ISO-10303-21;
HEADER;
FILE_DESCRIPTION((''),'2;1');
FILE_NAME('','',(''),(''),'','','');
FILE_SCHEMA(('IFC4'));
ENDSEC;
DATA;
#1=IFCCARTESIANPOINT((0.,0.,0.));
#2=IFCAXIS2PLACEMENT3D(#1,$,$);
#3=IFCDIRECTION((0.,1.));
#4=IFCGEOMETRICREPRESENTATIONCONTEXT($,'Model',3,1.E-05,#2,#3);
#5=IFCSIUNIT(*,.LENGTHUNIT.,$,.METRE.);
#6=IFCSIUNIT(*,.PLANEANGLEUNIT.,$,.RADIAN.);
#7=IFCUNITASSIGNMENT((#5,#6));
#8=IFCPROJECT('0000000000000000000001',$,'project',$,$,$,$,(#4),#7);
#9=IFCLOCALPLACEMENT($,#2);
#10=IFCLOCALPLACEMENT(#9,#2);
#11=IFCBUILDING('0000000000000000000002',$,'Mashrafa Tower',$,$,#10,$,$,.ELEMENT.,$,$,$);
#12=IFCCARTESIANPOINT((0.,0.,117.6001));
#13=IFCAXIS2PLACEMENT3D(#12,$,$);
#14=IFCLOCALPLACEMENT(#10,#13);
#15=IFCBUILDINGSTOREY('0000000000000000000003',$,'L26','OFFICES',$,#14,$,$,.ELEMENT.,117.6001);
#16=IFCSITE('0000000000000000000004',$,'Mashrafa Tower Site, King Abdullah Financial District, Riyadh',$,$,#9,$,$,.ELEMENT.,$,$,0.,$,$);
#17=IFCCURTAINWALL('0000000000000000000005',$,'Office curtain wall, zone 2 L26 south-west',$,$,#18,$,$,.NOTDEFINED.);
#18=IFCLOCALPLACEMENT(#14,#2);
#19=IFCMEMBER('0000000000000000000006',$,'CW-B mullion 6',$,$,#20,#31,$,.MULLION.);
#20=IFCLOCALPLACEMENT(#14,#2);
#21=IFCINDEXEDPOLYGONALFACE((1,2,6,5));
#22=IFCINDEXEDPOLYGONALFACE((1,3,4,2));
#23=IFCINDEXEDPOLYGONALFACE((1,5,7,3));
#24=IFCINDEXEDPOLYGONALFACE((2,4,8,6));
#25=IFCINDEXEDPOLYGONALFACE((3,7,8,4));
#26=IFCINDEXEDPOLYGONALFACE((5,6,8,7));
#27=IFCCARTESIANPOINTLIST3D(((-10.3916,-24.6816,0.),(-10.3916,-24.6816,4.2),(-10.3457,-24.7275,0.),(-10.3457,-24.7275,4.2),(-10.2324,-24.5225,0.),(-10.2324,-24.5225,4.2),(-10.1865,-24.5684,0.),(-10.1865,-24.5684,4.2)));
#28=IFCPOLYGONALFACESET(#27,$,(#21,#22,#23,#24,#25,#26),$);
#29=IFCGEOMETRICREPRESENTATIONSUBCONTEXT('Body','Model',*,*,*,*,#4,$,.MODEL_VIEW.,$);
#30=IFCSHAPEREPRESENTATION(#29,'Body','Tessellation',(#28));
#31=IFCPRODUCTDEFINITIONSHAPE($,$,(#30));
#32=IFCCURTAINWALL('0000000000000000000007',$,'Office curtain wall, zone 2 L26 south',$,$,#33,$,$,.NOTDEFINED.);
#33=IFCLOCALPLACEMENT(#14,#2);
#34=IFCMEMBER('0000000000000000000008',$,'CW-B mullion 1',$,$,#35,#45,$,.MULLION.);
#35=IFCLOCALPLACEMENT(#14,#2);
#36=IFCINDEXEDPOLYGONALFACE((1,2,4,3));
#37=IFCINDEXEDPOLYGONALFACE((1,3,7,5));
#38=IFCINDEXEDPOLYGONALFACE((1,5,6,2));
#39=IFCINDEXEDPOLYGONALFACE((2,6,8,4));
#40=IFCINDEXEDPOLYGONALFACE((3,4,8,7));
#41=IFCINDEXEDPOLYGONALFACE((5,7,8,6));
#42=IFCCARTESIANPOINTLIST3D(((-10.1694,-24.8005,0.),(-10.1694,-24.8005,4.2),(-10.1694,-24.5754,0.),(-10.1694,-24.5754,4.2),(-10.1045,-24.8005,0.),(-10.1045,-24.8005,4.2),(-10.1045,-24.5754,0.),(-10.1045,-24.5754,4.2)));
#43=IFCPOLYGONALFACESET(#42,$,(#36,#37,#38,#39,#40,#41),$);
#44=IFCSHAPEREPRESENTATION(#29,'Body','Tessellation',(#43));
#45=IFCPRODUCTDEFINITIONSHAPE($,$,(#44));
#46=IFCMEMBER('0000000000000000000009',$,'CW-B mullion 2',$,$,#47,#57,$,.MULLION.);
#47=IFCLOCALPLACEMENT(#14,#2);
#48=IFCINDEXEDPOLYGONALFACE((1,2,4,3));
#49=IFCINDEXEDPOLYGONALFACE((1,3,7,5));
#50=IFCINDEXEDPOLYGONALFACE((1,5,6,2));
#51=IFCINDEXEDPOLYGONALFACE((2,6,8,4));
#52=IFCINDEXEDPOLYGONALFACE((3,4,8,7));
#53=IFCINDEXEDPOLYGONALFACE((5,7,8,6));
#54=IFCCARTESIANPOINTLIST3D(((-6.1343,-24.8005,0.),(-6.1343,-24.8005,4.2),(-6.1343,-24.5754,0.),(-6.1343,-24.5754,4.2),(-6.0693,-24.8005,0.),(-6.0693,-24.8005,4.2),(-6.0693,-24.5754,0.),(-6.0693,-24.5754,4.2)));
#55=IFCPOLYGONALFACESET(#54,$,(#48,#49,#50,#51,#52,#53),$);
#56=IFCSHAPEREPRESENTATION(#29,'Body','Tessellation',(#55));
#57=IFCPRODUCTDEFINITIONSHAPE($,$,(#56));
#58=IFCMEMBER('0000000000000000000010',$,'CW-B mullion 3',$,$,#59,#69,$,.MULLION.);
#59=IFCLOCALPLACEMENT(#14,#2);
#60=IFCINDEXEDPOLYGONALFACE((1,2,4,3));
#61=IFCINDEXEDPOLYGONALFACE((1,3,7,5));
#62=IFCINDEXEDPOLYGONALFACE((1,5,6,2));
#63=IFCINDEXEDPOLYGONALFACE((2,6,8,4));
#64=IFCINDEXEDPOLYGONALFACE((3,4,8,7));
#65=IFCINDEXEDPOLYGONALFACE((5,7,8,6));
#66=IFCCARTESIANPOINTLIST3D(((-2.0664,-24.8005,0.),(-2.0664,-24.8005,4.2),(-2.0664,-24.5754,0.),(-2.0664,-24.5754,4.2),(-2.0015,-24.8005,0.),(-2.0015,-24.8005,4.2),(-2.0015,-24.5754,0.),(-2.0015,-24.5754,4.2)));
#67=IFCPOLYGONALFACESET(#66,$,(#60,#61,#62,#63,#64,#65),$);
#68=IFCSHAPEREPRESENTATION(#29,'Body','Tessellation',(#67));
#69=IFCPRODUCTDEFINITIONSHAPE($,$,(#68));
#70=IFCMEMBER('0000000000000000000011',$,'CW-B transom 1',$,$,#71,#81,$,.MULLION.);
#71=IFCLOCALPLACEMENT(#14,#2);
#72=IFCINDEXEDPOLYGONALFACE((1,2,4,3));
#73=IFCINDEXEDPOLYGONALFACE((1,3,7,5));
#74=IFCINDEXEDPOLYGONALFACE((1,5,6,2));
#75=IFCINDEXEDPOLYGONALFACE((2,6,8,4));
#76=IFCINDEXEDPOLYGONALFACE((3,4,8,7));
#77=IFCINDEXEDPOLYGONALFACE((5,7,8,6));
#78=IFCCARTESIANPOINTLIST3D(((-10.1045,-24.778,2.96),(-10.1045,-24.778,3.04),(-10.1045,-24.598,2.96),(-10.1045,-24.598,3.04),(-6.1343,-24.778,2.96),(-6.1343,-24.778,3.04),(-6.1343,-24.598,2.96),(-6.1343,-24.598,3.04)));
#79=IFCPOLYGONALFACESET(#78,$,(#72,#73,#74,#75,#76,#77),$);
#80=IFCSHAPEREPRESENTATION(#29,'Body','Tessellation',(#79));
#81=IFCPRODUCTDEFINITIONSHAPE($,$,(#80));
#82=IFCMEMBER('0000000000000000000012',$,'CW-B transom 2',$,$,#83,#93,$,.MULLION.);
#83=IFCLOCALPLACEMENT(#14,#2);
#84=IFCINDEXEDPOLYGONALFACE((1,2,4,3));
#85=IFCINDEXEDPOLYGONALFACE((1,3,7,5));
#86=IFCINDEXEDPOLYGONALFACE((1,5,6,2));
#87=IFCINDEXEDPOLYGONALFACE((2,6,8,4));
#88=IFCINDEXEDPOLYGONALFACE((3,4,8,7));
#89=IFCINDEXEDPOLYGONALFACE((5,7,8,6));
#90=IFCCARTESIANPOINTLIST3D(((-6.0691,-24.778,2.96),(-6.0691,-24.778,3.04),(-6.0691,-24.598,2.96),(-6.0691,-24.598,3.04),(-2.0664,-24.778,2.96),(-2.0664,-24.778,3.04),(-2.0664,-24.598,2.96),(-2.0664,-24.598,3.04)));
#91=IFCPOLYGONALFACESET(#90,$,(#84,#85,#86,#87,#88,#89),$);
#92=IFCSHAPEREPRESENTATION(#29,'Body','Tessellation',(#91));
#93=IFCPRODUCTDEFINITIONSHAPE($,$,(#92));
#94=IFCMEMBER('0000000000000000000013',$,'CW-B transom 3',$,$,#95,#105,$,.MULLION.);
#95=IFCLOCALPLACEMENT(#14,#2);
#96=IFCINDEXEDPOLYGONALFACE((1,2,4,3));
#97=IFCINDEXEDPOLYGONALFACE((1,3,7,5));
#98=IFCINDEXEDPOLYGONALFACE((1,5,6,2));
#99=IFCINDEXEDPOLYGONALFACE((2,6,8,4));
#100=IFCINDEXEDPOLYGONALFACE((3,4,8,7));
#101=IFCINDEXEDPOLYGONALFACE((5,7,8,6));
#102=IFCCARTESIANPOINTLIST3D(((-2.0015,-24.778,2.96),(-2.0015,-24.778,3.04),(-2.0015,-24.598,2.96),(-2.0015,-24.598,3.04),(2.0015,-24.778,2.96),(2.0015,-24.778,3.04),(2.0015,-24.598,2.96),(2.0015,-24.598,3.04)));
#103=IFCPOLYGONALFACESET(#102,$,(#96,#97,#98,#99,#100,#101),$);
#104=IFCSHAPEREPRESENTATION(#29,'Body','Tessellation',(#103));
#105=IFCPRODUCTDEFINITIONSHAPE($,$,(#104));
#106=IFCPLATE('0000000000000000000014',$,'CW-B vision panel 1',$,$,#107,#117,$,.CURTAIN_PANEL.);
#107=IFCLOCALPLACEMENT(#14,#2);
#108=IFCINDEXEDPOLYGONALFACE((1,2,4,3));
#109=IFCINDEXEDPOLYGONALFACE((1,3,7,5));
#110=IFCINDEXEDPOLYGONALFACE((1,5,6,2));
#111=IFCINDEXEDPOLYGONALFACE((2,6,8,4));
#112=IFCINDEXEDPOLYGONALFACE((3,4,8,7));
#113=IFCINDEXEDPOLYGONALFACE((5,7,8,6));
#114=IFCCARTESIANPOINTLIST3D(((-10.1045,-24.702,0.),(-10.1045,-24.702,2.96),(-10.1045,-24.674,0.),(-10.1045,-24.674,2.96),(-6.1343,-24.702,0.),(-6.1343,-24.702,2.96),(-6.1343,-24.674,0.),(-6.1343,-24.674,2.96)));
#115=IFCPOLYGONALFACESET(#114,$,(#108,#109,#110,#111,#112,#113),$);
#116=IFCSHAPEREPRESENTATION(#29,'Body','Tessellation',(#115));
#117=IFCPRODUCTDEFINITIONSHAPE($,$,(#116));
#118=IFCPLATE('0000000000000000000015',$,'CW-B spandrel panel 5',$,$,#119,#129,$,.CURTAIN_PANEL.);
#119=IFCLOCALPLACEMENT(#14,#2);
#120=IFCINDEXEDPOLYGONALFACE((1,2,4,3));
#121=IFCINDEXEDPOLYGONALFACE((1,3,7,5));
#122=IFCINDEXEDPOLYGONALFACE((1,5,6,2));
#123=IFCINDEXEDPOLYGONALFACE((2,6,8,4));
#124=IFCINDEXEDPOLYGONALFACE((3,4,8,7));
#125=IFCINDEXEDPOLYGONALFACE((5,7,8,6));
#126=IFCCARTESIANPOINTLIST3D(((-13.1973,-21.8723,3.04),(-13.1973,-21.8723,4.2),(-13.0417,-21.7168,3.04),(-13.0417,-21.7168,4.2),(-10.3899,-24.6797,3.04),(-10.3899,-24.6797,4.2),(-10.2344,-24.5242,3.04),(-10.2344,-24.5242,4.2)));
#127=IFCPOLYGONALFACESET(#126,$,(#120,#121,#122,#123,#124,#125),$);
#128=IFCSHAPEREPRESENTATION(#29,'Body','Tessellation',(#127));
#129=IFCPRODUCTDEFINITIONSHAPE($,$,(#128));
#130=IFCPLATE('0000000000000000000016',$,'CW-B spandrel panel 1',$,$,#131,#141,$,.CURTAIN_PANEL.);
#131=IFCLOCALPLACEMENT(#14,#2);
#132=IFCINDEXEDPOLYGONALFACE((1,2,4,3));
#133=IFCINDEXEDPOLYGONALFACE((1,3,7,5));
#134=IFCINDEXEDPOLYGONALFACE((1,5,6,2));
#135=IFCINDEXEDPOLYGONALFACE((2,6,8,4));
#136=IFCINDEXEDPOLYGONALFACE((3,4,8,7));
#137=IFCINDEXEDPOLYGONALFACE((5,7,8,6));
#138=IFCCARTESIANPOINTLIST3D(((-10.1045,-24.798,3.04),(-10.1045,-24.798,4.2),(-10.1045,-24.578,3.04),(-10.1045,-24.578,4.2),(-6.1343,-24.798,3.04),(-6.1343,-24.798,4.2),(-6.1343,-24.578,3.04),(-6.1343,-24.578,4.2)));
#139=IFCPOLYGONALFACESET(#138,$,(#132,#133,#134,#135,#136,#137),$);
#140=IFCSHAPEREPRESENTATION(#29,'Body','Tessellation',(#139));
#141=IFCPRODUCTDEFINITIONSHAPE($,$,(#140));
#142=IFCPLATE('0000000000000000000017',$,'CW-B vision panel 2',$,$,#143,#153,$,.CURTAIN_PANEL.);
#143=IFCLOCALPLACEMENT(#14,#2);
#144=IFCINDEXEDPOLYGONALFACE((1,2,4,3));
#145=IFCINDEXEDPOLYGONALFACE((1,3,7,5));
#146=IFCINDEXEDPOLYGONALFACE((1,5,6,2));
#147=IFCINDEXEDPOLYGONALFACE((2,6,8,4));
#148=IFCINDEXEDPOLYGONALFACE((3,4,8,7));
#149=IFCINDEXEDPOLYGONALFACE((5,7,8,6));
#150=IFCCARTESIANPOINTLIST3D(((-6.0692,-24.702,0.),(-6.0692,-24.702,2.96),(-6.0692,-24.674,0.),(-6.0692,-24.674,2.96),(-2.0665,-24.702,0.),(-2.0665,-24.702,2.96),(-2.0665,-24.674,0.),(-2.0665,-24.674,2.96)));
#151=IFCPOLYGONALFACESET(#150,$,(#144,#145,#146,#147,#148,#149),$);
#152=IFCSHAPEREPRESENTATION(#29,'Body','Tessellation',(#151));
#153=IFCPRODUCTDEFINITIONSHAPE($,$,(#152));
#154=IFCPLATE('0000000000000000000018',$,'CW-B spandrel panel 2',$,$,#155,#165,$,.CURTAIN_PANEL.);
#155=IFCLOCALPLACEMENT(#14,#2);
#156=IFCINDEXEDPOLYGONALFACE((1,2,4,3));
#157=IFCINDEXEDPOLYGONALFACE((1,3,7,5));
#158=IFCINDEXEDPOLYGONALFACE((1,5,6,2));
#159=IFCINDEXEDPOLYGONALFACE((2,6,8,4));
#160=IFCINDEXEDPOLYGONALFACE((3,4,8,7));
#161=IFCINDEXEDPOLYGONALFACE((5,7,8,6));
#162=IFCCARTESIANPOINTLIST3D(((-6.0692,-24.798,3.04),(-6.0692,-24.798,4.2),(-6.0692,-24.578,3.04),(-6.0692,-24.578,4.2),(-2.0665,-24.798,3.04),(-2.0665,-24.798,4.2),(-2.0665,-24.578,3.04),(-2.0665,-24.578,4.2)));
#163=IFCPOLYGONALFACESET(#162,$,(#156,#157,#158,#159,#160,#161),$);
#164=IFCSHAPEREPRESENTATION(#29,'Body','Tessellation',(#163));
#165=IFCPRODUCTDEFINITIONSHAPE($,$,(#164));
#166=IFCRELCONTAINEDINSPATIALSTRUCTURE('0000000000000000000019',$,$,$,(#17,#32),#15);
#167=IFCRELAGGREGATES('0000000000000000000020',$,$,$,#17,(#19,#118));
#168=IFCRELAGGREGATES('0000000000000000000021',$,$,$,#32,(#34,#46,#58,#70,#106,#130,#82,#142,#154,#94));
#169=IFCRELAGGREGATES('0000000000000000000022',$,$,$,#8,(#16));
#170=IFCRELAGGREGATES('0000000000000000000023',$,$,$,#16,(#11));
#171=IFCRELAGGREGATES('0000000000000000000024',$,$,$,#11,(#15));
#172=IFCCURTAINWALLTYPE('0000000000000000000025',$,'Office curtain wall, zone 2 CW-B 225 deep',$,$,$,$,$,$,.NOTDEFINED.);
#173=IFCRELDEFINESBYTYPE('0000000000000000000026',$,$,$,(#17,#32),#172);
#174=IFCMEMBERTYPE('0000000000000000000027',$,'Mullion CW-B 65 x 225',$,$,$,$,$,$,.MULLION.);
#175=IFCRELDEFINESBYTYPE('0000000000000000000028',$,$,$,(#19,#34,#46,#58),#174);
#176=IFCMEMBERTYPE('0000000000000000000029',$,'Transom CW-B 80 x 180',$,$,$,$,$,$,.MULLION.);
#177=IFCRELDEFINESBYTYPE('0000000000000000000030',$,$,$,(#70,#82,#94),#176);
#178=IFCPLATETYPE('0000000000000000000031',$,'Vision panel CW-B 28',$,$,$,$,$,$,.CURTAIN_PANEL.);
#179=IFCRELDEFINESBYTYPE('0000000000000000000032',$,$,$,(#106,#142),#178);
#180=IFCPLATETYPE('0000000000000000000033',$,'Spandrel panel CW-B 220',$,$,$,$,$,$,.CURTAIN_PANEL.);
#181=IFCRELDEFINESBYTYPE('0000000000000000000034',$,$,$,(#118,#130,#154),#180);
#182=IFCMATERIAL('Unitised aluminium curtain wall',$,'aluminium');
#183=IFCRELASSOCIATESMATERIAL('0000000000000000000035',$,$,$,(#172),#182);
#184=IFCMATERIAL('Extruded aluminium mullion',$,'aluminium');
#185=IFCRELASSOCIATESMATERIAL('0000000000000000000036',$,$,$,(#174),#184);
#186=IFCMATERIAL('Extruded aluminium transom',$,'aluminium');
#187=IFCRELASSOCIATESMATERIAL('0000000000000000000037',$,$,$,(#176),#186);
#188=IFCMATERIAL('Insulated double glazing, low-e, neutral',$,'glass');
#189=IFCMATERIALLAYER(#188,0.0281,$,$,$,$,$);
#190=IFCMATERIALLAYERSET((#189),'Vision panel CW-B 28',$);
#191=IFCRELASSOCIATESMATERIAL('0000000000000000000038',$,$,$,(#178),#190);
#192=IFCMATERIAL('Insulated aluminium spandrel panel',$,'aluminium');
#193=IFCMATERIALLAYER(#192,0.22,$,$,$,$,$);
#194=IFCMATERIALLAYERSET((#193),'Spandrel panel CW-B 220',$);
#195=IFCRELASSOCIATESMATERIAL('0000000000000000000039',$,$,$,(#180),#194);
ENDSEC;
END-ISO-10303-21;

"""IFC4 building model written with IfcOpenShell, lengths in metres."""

from ifc_helpers import new_model, si_unit, direction, frame, origin, origin_2d, place, context, subcontext, project, spatial, rectangle, extrude, source, transform, mapped, material, layer, layer_set, material_profile, profile_set, type_object, type_shapes, element, aggregate, save


model = new_model("IFC4")

# Units and contexts
model_context = context("Model", 3, precision=1e-05, world=origin(), true_north=direction((0.0, 1.0)))
body_context = subcontext(model_context, "Body", "Model", "MODEL_VIEW")
ifc_project = project(units=[si_unit("LENGTHUNIT", "METRE"), si_unit("PLANEANGLEUNIT", "RADIAN")], contexts=[model_context])

# Site, building, storey
site_placement = place(None, origin())
site = spatial("IfcSite", under=ifc_project, at=site_placement, Name="Mashrafa Tower Site, King Abdullah Financial District, Riyadh", CompositionType="ELEMENT", RefElevation=0.0)
building_placement = place(site_placement, origin())
building = spatial("IfcBuilding", under=site, at=building_placement, Name="Mashrafa Tower", CompositionType="ELEMENT")
storey_placement = place(building_placement, frame((0.0, 0.0, 117.6001)))
storey = spatial("IfcBuildingStorey", under=building, at=storey_placement, Name="L26", Description="OFFICES", CompositionType="ELEMENT", Elevation=117.6001)

# Curtain wall, member
ifc_material_1 = material(Name="Unitised aluminium curtain wall", Category="aluminium")
curtain_wall_type = type_object("IfcCurtainWallType", Name="Office curtain wall, zone 2 CW-B 225 deep", PredefinedType="NOTDEFINED", material=ifc_material_1)
curtain_wall_1_placement = place(storey_placement, origin())
curtain_wall_1 = element("IfcCurtainWall", 1, at=curtain_wall_1_placement, inside=storey, type_object=curtain_wall_type, Name="Office curtain wall, zone 2 L26 south-west", PredefinedType="NOTDEFINED")
ifc_material_2 = material(Name="Extruded aluminium mullion", Category="aluminium")
ifc_material_profile_1 = material_profile(ifc_material_2, rectangle(XDim=0.2251, YDim=0.0649, at=origin_2d()), Name="Mullion 65x225")
ifc_profile_set_1 = profile_set([ifc_material_profile_1], Name="Extruded aluminium mullion")
member_type_1 = type_object("IfcMemberType", Name="Mullion CW-B 65 x 225", PredefinedType="MULLION", material=ifc_profile_set_1)
shared_shape_1 = source(origin(), body_context, "Body", "SweptSolid", [
    extrude(rectangle(XDim=0.2251, YDim=0.0649, at=origin_2d()), origin(), (0.0, 0.0, 1.0), 4.2),
])
type_shapes(member_type_1, [shared_shape_1])
member_1_placement = place(storey_placement, frame((-10.2891, -24.625, 0.0), z_axis=(0.0, 0.0, 1.0), x_axis=(0.707107, 0.707107, 0.0)))
member_1 = element("IfcMember", 2, at=member_1_placement, type_object=member_type_1, Name="CW-B mullion 6", PredefinedType="MULLION", context=body_context, shape_type="MappedRepresentation", body=[
    mapped(shared_shape_1, transform((0.0, 0.0, 0.0))),
])

# Curtain wall, members, plate
curtain_wall_2_placement = place(storey_placement, origin())
curtain_wall_2 = element("IfcCurtainWall", 3, at=curtain_wall_2_placement, inside=storey, type_object=curtain_wall_type, Name="Office curtain wall, zone 2 L26 south", PredefinedType="NOTDEFINED")
member_2_placement = place(storey_placement, frame((-10.137, -24.688, 0.0), z_axis=(0.0, 0.0, 1.0), x_axis=(0.0, 1.0, 0.0)))
member_2 = element("IfcMember", 4, at=member_2_placement, type_object=member_type_1, Name="CW-B mullion 1", PredefinedType="MULLION", context=body_context, shape_type="MappedRepresentation", body=[
    mapped(shared_shape_1, transform((0.0, 0.0, 0.0))),
])
member_3_placement = place(storey_placement, frame((-6.1018, -24.688, 0.0), z_axis=(0.0, 0.0, 1.0), x_axis=(0.0, 1.0, 0.0)))
member_3 = element("IfcMember", 5, at=member_3_placement, type_object=member_type_1, Name="CW-B mullion 2", PredefinedType="MULLION", context=body_context, shape_type="MappedRepresentation", body=[
    mapped(shared_shape_1, transform((0.0, 0.0, 0.0))),
])
member_4_placement = place(storey_placement, frame((-2.0339, -24.688, 0.0), z_axis=(0.0, 0.0, 1.0), x_axis=(0.0, 1.0, 0.0)))
member_4 = element("IfcMember", 6, at=member_4_placement, type_object=member_type_1, Name="CW-B mullion 3", PredefinedType="MULLION", context=body_context, shape_type="MappedRepresentation", body=[
    mapped(shared_shape_1, transform((0.0, 0.0, 0.0))),
])
ifc_material_3 = material(Name="Extruded aluminium transom", Category="aluminium")
ifc_material_profile_2 = material_profile(ifc_material_3, rectangle(XDim=0.1799, YDim=0.0801, at=origin_2d()), Name="Transom 80x180")
ifc_profile_set_2 = profile_set([ifc_material_profile_2], Name="Extruded aluminium transom")
member_type_2 = type_object("IfcMemberType", Name="Transom CW-B 80 x 180", PredefinedType="MULLION", material=ifc_profile_set_2)
shared_shape_2 = source(origin(), body_context, "Body", "SweptSolid", [
    extrude(rectangle(XDim=0.1799, YDim=0.0801, at=origin_2d()), origin(), (0.0, 0.0, 1.0), 3.9702),
])
member_5_placement = place(storey_placement, frame((-10.1045, -24.688, 3.0), z_axis=(1.0, 0.0, 0.0), x_axis=(0.0, 1.0, 0.0)))
member_5 = element("IfcMember", 7, at=member_5_placement, type_object=member_type_2, Name="CW-B transom 1", PredefinedType="MULLION", context=body_context, shape_type="MappedRepresentation", body=[
    mapped(shared_shape_2, transform((0.0, 0.0, 0.0))),
])
shared_shape_3 = source(origin(), body_context, "Body", "SweptSolid", [
    extrude(rectangle(XDim=0.1799, YDim=0.0801, at=origin_2d()), origin(), (0.0, 0.0, 1.0), 4.0027),
])
member_6_placement = place(storey_placement, frame((-6.0691, -24.688, 3.0), z_axis=(1.0, 0.0, 0.0), x_axis=(0.0, 1.0, 0.0)))
member_6 = element("IfcMember", 8, at=member_6_placement, type_object=member_type_2, Name="CW-B transom 2", PredefinedType="MULLION", context=body_context, shape_type="MappedRepresentation", body=[
    mapped(shared_shape_3, transform((0.0, 0.0, 0.0))),
])
shared_shape_4 = source(origin(), body_context, "Body", "SweptSolid", [
    extrude(rectangle(XDim=0.1799, YDim=0.0801, at=origin_2d()), origin(), (0.0, 0.0, 1.0), 4.0029),
])
type_shapes(member_type_2, [shared_shape_2, shared_shape_3, shared_shape_4])
member_7_placement = place(storey_placement, frame((-2.0015, -24.688, 3.0), z_axis=(1.0, 0.0, 0.0), x_axis=(0.0, 1.0, 0.0)))
member_7 = element("IfcMember", 9, at=member_7_placement, type_object=member_type_2, Name="CW-B transom 3", PredefinedType="MULLION", context=body_context, shape_type="MappedRepresentation", body=[
    mapped(shared_shape_4, transform((0.0, 0.0, 0.0))),
])
ifc_material_4 = material(Name="Insulated double glazing, low-e, neutral", Category="glass")
ifc_layer_1 = layer(ifc_material_4, 0.0281)
ifc_layer_set_1 = layer_set([ifc_layer_1], Name="Vision panel CW-B 28")
plate_type_1 = type_object("IfcPlateType", Name="Vision panel CW-B 28", PredefinedType="CURTAIN_PANEL", material=ifc_layer_set_1)
shared_shape_5 = source(origin(), body_context, "Body", "SweptSolid", [
    extrude(rectangle(XDim=3.9702, YDim=0.0281, at=origin_2d()), origin(), (0.0, 0.0, 1.0), 2.96),
])
plate_1_placement = place(storey_placement, frame((-8.1194, -24.688, 0.0), z_axis=(0.0, 0.0, 1.0), x_axis=(1.0, 0.0, 0.0)))
plate_1 = element("IfcPlate", 10, at=plate_1_placement, type_object=plate_type_1, Name="CW-B vision panel 1", PredefinedType="CURTAIN_PANEL", context=body_context, shape_type="MappedRepresentation", body=[
    mapped(shared_shape_5, transform((0.0, 0.0, 0.0))),
])

# Plates
ifc_material_5 = material(Name="Insulated aluminium spandrel panel", Category="aluminium")
ifc_layer_2 = layer(ifc_material_5, 0.22)
ifc_layer_set_2 = layer_set([ifc_layer_2], Name="Spandrel panel CW-B 220")
plate_type_2 = type_object("IfcPlateType", Name="Spandrel panel CW-B 220", PredefinedType="CURTAIN_PANEL", material=ifc_layer_set_2)
shared_shape_6 = source(origin(), body_context, "Body", "SweptSolid", [
    extrude(rectangle(XDim=3.9702, YDim=0.22, at=origin_2d()), origin(), (0.0, 0.0, 1.0), 1.1599),
])
plate_2_placement = place(storey_placement, frame((-11.7158, -23.1982, 3.04), z_axis=(0.0, 0.0, 1.0), x_axis=(0.707107, -0.707107, 0.0)))
plate_2 = element("IfcPlate", 11, at=plate_2_placement, type_object=plate_type_2, Name="CW-B spandrel panel 5", PredefinedType="CURTAIN_PANEL", context=body_context, shape_type="MappedRepresentation", body=[
    mapped(shared_shape_6, transform((0.0, 0.0, 0.0))),
])
aggregate(curtain_wall_1, [member_1, plate_2])
plate_3_placement = place(storey_placement, frame((-8.1194, -24.688, 3.04), z_axis=(0.0, 0.0, 1.0), x_axis=(1.0, 0.0, 0.0)))
plate_3 = element("IfcPlate", 12, at=plate_3_placement, type_object=plate_type_2, Name="CW-B spandrel panel 1", PredefinedType="CURTAIN_PANEL", context=body_context, shape_type="MappedRepresentation", body=[
    mapped(shared_shape_6, transform((0.0, 0.0, 0.0))),
])
shared_shape_7 = source(origin(), body_context, "Body", "SweptSolid", [
    extrude(rectangle(XDim=4.0027, YDim=0.0281, at=origin_2d()), origin(), (0.0, 0.0, 1.0), 2.96),
])
type_shapes(plate_type_1, [shared_shape_5, shared_shape_7])
plate_4_placement = place(storey_placement, frame((-4.0679, -24.688, 0.0), z_axis=(0.0, 0.0, 1.0), x_axis=(1.0, 0.0, 0.0)))
plate_4 = element("IfcPlate", 13, at=plate_4_placement, type_object=plate_type_1, Name="CW-B vision panel 2", PredefinedType="CURTAIN_PANEL", context=body_context, shape_type="MappedRepresentation", body=[
    mapped(shared_shape_7, transform((0.0, 0.0, 0.0))),
])
shared_shape_8 = source(origin(), body_context, "Body", "SweptSolid", [
    extrude(rectangle(XDim=4.0027, YDim=0.22, at=origin_2d()), origin(), (0.0, 0.0, 1.0), 1.1599),
])
type_shapes(plate_type_2, [shared_shape_6, shared_shape_8])
plate_5_placement = place(storey_placement, frame((-4.0679, -24.688, 3.04), z_axis=(0.0, 0.0, 1.0), x_axis=(1.0, 0.0, 0.0)))
plate_5 = element("IfcPlate", 14, at=plate_5_placement, type_object=plate_type_2, Name="CW-B spandrel panel 2", PredefinedType="CURTAIN_PANEL", context=body_context, shape_type="MappedRepresentation", body=[
    mapped(shared_shape_8, transform((0.0, 0.0, 0.0))),
])
aggregate(curtain_wall_2, [member_2, member_3, member_4, member_5, plate_1, plate_3, member_6, plate_4, plate_5, member_7])

save(model, "model.ifc")
